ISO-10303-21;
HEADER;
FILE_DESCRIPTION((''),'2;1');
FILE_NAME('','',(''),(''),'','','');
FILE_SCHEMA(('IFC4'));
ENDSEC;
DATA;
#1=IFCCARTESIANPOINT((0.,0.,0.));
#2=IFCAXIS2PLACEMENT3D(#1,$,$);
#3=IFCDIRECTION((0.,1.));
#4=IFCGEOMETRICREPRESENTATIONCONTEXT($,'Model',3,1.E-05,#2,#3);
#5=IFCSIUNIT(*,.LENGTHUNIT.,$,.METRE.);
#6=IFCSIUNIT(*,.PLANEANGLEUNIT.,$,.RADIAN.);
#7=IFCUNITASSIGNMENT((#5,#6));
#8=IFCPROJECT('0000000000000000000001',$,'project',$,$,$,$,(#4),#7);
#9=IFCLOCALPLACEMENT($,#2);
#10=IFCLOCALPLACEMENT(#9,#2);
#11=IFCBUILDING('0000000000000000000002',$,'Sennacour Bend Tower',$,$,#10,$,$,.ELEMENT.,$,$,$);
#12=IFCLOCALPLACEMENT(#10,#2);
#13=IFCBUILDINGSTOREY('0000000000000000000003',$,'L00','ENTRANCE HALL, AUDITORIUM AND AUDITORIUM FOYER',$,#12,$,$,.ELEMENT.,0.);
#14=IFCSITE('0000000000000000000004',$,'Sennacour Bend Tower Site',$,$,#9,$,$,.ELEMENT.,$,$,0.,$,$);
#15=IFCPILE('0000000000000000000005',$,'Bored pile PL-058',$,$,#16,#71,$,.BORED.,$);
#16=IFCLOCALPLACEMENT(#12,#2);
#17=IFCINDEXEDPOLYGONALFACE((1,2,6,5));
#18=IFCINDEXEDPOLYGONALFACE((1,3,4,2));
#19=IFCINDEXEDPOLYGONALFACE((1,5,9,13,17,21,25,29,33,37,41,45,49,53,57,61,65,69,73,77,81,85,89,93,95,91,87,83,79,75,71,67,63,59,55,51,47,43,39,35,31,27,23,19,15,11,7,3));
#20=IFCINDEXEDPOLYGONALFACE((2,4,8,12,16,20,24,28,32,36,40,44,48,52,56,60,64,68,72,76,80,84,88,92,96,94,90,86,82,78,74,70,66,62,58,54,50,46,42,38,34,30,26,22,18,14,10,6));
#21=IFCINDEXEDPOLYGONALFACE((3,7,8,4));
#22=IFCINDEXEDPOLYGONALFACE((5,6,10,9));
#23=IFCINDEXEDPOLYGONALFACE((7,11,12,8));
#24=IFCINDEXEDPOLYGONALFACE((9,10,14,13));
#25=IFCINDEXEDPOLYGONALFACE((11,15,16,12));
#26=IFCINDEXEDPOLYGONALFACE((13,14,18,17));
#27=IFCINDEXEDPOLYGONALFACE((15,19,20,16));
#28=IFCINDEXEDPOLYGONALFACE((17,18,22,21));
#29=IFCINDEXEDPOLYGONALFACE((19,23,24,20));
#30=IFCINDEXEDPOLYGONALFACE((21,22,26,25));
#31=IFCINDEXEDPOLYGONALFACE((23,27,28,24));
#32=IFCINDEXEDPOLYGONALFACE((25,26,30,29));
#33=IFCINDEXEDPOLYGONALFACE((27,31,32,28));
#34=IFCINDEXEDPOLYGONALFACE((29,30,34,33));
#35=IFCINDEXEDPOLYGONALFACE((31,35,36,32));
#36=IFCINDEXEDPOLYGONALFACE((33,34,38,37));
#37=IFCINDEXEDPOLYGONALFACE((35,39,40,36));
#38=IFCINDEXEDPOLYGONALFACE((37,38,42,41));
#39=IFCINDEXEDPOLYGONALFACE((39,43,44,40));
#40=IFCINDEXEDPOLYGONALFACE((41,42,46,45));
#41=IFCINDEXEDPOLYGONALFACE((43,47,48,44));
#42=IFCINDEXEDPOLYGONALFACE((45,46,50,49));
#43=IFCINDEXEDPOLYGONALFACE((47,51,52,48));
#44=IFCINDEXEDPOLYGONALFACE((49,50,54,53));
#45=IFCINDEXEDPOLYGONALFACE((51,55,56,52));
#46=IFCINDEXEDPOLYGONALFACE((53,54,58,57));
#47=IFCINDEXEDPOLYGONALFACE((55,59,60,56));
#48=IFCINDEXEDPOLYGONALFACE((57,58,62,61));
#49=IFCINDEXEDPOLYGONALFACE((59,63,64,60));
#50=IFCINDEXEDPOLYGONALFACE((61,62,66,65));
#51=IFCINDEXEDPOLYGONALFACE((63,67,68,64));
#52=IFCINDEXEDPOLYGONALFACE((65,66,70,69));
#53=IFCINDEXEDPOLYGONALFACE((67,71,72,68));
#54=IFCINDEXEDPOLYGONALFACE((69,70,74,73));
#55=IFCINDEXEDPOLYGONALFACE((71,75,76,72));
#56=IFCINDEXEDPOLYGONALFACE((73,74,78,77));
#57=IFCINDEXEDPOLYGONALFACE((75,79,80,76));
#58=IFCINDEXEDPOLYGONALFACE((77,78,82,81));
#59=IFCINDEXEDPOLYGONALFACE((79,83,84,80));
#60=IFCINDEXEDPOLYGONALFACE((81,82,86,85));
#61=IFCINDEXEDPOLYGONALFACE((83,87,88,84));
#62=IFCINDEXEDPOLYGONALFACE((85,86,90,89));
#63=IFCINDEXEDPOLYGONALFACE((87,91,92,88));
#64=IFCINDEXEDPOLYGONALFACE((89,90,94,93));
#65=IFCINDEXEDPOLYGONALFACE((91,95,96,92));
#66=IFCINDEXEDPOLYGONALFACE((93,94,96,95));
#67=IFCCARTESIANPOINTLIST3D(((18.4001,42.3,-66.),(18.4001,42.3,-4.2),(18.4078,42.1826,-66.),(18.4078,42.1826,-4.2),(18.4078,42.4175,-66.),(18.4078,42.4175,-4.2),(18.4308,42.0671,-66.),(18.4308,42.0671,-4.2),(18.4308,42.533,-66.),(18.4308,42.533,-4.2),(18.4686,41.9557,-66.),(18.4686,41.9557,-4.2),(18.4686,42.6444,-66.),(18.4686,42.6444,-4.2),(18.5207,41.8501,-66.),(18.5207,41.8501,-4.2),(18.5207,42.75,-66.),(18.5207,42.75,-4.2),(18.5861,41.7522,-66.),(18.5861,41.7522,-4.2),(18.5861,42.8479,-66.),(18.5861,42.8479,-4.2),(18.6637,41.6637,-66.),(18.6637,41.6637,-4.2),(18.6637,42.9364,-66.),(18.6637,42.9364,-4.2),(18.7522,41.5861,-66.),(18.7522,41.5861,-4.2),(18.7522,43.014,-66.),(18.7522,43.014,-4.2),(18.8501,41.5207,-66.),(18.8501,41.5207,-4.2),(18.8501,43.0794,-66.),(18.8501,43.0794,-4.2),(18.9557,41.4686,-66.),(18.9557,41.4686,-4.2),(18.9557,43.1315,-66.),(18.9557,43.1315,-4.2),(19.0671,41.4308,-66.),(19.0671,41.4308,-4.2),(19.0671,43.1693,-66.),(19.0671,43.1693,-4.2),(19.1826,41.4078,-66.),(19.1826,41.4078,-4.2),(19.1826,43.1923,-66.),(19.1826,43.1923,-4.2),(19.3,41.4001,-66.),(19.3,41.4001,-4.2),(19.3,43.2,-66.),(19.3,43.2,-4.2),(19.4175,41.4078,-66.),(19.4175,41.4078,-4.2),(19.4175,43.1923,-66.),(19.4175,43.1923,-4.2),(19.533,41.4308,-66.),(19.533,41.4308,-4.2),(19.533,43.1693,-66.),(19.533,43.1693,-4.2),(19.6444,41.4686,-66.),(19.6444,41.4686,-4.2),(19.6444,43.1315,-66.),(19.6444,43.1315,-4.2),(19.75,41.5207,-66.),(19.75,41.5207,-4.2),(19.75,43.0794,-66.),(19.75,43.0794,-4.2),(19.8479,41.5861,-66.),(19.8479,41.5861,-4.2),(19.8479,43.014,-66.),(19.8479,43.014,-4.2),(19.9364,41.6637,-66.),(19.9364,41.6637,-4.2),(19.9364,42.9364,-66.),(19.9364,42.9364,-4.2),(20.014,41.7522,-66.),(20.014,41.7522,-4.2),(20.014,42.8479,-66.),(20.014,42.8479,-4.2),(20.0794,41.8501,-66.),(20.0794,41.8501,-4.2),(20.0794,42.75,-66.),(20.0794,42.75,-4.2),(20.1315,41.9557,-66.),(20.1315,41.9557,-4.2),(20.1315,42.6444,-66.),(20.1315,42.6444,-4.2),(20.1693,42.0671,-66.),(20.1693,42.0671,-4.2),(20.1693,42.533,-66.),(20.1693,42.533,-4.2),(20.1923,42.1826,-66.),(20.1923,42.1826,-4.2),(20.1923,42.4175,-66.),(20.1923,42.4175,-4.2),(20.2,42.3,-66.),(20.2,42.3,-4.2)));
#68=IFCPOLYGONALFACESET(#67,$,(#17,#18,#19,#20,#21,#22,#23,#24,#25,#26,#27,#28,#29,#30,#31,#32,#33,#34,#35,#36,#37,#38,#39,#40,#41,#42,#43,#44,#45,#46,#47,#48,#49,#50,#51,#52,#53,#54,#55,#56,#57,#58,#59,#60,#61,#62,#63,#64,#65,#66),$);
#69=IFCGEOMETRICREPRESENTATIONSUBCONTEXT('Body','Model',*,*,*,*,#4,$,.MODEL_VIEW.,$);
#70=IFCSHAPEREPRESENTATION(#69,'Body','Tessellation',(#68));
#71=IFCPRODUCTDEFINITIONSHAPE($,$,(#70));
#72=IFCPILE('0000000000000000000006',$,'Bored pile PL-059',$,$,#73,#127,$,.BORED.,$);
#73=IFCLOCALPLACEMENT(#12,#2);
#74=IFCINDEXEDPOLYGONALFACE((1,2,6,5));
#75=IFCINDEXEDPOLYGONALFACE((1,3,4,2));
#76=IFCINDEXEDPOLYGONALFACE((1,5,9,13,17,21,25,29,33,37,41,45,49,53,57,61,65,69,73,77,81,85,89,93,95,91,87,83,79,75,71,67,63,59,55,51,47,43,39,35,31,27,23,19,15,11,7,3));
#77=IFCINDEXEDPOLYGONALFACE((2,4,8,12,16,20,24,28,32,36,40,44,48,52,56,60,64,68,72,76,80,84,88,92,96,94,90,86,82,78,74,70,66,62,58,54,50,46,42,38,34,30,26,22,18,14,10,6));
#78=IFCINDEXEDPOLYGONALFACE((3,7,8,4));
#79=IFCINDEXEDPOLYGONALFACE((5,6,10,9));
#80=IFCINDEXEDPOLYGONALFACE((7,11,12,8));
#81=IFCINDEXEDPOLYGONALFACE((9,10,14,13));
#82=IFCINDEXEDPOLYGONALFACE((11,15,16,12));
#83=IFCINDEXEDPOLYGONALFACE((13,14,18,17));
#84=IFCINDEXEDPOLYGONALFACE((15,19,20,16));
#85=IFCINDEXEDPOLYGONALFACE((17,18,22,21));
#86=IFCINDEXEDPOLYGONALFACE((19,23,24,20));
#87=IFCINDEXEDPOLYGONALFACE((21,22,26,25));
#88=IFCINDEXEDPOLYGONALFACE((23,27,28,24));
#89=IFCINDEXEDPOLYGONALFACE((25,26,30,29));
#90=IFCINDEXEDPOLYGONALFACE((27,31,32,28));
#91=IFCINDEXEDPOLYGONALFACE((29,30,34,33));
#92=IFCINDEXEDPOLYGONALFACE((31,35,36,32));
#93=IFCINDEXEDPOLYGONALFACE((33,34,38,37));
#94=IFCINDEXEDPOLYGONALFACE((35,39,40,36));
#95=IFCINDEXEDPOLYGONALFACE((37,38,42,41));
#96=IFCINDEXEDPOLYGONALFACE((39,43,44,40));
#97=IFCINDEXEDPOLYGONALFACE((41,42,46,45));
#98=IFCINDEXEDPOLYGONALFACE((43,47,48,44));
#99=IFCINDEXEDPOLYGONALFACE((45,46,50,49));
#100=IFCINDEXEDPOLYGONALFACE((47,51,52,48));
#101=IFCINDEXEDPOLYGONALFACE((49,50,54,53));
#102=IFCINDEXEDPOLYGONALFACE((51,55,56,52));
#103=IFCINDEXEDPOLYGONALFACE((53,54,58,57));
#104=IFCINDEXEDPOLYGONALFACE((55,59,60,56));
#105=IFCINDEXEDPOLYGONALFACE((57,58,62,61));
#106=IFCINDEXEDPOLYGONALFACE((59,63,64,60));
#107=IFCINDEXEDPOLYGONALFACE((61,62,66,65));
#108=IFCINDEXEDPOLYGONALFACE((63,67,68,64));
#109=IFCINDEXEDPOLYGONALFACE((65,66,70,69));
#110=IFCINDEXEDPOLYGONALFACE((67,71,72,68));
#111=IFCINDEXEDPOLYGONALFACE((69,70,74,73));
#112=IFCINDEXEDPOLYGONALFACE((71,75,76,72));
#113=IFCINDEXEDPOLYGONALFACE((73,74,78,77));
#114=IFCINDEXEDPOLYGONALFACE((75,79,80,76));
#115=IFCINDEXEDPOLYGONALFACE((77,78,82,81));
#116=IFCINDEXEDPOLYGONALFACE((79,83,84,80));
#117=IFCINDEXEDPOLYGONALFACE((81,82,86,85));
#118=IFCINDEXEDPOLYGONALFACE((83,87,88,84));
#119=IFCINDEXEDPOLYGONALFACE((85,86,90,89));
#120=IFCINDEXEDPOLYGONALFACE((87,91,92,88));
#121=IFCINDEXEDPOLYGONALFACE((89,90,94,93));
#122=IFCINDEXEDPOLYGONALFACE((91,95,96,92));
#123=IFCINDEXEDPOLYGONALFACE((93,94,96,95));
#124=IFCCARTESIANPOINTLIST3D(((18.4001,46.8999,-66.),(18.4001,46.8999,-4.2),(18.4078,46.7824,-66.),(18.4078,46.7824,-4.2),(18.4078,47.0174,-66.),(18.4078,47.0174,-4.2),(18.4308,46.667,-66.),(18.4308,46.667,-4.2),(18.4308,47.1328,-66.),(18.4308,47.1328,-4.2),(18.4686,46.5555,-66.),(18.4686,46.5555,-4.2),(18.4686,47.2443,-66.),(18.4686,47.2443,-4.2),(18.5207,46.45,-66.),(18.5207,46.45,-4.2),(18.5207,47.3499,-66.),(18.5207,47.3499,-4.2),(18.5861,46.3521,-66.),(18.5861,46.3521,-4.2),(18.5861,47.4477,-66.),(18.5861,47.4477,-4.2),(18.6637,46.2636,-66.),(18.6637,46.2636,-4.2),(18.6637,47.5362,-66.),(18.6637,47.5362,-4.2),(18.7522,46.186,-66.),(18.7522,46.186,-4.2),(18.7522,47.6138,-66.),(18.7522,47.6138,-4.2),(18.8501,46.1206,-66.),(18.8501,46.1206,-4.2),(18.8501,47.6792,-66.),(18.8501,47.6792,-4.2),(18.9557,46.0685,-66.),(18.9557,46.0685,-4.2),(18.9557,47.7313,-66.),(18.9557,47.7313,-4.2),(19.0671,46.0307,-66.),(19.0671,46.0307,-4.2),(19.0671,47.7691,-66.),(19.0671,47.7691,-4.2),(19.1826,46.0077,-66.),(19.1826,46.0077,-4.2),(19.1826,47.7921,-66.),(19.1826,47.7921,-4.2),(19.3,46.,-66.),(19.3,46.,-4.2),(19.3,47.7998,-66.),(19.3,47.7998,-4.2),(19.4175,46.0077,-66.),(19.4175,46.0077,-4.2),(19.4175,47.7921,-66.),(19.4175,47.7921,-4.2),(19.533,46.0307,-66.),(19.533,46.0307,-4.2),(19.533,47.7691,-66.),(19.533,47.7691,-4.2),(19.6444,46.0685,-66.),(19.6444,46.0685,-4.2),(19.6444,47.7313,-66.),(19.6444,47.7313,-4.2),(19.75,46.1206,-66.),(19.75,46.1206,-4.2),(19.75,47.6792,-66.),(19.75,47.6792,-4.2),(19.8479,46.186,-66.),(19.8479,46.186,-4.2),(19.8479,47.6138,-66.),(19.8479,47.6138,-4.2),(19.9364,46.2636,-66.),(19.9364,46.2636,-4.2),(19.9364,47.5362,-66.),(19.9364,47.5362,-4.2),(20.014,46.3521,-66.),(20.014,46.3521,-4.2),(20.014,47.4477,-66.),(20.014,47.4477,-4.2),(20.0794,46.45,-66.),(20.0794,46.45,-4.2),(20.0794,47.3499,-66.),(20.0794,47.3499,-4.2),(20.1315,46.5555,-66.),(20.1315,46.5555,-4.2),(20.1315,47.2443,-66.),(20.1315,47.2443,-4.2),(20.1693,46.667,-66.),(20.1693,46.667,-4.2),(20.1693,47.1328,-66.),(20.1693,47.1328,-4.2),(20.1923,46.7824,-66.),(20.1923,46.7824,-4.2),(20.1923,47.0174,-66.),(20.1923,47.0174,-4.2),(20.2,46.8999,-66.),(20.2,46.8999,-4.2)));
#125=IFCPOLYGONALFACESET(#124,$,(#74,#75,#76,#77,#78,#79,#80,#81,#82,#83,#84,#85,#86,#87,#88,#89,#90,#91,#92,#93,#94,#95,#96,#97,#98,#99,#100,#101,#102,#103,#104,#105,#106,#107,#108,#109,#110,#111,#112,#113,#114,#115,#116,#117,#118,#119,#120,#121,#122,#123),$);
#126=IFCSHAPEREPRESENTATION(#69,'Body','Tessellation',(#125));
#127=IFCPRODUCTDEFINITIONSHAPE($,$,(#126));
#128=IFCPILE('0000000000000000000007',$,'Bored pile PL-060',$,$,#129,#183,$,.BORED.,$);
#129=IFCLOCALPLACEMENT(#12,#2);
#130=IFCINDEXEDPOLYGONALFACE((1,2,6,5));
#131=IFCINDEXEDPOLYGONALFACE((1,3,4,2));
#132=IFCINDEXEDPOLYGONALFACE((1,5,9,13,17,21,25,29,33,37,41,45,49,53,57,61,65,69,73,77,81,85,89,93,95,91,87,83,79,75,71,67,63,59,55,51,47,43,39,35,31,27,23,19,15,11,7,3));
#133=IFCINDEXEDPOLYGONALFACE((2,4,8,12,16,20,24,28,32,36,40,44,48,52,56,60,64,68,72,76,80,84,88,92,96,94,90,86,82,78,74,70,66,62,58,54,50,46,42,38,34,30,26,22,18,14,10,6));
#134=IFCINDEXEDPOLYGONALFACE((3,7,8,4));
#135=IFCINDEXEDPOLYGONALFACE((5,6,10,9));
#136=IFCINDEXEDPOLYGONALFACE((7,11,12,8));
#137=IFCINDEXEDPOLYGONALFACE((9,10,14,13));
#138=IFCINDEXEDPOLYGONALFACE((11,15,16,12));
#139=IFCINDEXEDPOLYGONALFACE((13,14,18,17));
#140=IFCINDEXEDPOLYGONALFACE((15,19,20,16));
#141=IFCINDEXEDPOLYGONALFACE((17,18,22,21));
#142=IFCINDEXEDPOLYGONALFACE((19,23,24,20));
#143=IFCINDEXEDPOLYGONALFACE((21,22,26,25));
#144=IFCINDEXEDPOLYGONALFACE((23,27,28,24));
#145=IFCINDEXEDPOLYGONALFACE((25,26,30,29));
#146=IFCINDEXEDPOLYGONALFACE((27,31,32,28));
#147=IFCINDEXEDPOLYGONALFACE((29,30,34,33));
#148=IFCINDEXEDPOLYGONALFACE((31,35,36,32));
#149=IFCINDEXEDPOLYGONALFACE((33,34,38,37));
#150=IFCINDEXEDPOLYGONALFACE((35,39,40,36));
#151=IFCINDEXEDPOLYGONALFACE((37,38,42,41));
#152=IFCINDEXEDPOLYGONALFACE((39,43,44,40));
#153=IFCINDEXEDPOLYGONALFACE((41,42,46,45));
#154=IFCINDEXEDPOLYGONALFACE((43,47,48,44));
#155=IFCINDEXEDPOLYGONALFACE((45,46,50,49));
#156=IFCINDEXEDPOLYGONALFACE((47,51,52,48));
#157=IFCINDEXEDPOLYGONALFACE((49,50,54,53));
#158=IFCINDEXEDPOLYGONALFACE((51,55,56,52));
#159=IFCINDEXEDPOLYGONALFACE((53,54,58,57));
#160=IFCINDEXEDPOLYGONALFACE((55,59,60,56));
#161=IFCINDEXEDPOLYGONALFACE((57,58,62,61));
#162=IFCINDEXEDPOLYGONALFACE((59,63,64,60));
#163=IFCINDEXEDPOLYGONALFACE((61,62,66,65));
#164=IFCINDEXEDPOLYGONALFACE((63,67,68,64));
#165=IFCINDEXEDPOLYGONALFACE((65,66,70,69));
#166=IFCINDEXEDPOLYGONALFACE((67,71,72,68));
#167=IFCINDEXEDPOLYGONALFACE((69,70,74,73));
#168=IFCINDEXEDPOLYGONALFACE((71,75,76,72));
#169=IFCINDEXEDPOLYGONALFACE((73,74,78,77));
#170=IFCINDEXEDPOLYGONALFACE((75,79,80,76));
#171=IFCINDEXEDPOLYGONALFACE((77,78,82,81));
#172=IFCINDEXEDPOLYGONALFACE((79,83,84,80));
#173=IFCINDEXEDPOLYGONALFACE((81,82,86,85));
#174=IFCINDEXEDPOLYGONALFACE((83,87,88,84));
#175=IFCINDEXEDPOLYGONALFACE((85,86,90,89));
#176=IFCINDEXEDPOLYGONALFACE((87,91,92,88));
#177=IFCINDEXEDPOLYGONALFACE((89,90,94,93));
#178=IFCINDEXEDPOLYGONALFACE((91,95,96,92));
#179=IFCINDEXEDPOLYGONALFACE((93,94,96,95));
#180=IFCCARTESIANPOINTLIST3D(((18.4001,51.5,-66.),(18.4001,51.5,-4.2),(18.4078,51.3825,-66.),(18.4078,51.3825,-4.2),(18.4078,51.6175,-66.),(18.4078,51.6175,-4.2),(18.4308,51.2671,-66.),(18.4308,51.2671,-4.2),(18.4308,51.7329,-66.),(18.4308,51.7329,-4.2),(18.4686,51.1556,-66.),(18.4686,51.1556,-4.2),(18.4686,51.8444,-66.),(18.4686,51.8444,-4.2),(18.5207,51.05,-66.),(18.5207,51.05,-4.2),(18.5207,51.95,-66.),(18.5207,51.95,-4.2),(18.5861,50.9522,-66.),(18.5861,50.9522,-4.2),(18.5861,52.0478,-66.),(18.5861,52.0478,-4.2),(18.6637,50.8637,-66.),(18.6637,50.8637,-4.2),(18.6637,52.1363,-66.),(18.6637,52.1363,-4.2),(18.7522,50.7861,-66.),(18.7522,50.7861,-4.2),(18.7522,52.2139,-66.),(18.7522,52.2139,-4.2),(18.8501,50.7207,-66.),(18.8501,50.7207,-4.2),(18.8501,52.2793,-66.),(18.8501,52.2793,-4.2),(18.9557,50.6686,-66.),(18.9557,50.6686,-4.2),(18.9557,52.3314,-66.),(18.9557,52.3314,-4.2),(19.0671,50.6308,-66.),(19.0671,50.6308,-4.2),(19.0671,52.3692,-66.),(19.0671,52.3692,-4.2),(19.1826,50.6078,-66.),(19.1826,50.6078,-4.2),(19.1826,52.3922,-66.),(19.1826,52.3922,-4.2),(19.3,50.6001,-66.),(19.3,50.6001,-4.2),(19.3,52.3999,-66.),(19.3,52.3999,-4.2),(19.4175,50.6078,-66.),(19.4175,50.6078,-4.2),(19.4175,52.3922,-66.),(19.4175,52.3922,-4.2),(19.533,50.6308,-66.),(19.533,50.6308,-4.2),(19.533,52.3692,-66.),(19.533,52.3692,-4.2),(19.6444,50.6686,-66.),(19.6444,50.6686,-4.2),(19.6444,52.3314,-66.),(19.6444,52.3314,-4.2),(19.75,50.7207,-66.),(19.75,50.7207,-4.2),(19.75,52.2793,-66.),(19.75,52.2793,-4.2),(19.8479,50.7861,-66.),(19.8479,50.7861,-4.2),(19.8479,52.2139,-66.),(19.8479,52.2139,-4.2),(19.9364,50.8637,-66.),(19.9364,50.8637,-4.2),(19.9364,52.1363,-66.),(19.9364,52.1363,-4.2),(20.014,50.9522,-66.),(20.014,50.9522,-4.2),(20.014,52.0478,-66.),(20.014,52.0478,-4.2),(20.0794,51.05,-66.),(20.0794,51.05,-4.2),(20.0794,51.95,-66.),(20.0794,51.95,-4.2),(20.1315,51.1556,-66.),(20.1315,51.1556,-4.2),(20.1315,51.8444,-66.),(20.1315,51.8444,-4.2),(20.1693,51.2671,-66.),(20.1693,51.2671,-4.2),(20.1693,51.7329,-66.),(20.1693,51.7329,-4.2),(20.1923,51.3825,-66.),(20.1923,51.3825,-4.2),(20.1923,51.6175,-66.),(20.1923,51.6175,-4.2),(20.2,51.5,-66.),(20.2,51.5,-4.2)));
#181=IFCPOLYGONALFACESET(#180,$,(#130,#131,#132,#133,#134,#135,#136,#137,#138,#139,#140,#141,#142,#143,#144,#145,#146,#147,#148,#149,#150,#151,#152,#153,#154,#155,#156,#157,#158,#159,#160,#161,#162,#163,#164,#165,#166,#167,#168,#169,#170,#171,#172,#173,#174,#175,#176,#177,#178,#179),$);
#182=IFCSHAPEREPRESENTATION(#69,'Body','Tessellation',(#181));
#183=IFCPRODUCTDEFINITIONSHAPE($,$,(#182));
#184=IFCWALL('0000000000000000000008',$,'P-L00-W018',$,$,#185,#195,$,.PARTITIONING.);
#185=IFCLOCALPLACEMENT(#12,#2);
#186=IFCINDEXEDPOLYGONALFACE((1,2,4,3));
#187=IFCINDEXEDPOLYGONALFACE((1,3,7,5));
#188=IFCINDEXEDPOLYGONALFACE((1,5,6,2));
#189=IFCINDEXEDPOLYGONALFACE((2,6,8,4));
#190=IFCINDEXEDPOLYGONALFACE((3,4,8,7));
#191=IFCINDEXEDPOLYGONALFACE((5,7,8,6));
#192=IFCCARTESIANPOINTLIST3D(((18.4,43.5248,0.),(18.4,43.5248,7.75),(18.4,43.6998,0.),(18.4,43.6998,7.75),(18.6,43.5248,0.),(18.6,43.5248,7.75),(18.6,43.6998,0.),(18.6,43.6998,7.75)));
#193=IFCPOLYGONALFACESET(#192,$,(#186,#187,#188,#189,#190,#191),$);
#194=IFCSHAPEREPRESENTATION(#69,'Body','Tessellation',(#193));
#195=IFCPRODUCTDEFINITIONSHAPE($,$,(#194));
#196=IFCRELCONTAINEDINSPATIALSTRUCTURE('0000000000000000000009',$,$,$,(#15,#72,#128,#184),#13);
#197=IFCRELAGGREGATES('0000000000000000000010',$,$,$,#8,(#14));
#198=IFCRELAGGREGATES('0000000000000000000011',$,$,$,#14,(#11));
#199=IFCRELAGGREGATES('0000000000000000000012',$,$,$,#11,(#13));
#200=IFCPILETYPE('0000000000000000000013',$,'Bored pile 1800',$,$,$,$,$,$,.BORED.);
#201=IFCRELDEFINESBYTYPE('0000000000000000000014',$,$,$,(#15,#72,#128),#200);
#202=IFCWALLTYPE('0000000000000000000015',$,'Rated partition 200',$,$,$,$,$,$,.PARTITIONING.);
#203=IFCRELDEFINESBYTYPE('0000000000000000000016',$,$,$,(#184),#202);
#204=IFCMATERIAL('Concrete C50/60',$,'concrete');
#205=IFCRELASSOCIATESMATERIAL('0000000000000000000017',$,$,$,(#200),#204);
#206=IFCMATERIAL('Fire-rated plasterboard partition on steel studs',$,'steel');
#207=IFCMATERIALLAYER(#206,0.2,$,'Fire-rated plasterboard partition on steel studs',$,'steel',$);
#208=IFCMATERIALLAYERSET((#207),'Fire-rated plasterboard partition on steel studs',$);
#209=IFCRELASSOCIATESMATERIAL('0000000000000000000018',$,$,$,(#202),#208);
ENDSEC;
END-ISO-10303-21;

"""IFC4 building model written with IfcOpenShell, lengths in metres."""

from ifc_helpers import new_model, si_unit, direction, frame, frame_2d, origin, origin_2d, place, context, subcontext, project, spatial, rectangle, circle, extrude, material, layer, layer_set, material_profile, profile_set, type_object, element, save


model = new_model("IFC4")

# Units and contexts
model_context = context("Model", 3, precision=1e-05, world=origin(), true_north=direction((0.0, 1.0)))
body_context = subcontext(model_context, "Body", "Model", "MODEL_VIEW")
ifc_project = project(units=[si_unit("LENGTHUNIT", "METRE"), si_unit("PLANEANGLEUNIT", "RADIAN")], contexts=[model_context])

# Site, building, storey
site_placement = place(None, origin())
site = spatial("IfcSite", under=ifc_project, at=site_placement, Name="Sennacour Bend Tower Site", CompositionType="ELEMENT", RefElevation=0.0)
building_placement = place(site_placement, origin())
building = spatial("IfcBuilding", under=site, at=building_placement, Name="Sennacour Bend Tower", CompositionType="ELEMENT")
storey_placement = place(building_placement, origin())
storey = spatial("IfcBuildingStorey", under=building, at=storey_placement, Name="L00", Description="ENTRANCE HALL, AUDITORIUM AND AUDITORIUM FOYER", CompositionType="ELEMENT", Elevation=0.0)

# Piles
ifc_material_1 = material(Name="Concrete C50/60", Category="concrete")
ifc_material_profile = material_profile(ifc_material_1, circle(Radius=0.8999, at=origin_2d()), Name="Concrete C50/60", Category="concrete")
ifc_profile_set = profile_set([ifc_material_profile], Name="Concrete C50/60")
pile_type = type_object("IfcPileType", Name="Bored pile 1800", PredefinedType="BORED", material=ifc_profile_set)
for number, where, z_axis, x_axis, name in (
    (1, (19.3, 42.3, -4.2), (0.0, 0.0, -1.0), (1.0, 0.0, 0.0), "Bored pile PL-058"),
    (2, (19.3, 46.8999, -4.2), (0.0, 0.0, -1.0), (1.0, 0.0, 0.0), "Bored pile PL-059"),
    (3, (19.3, 51.5, -4.2), (0.0, 0.0, -1.0), (1.0, 0.0, 0.0), "Bored pile PL-060"),
):
    element("IfcPile", number, at=place(storey_placement, frame(where, z_axis=z_axis, x_axis=x_axis)), inside=storey, type_object=pile_type, Name=name, PredefinedType="BORED", context=body_context, shape_type="SweptSolid", body=[
        extrude(circle(Radius=0.8999, at=origin_2d()), origin(), (0.0, 0.0, 1.0), 61.8),
    ])

# Wall
ifc_material_2 = material(Name="Fire-rated plasterboard partition on steel studs", Category="steel")
ifc_layer_1 = layer(ifc_material_2, 0.2, Name="Fire-rated plasterboard partition on steel studs", Category="steel")
ifc_layer_set_1 = layer_set([ifc_layer_1], Name="Fire-rated plasterboard partition on steel studs")
wall_type_1 = type_object("IfcWallType", Name="Rated partition 200", PredefinedType="PARTITIONING", material=ifc_layer_set_1)
wall_1_placement = place(storey_placement, frame((18.5, 43.5249, 0.0), z_axis=(0.0, 0.0, 1.0), x_axis=(0.0, 1.0, 0.0)))
element("IfcWall", 4, at=wall_1_placement, inside=storey, type_object=wall_type_1, Name="P-L00-W018", PredefinedType="PARTITIONING", context=body_context, shape_type="SweptSolid", body=[
    extrude(rectangle(XDim=0.175, YDim=0.2, at=frame_2d((0.0874, 0.0))), origin(), (0.0, 0.0, 1.0), 7.75),
])

save(model, "model.ifc")
